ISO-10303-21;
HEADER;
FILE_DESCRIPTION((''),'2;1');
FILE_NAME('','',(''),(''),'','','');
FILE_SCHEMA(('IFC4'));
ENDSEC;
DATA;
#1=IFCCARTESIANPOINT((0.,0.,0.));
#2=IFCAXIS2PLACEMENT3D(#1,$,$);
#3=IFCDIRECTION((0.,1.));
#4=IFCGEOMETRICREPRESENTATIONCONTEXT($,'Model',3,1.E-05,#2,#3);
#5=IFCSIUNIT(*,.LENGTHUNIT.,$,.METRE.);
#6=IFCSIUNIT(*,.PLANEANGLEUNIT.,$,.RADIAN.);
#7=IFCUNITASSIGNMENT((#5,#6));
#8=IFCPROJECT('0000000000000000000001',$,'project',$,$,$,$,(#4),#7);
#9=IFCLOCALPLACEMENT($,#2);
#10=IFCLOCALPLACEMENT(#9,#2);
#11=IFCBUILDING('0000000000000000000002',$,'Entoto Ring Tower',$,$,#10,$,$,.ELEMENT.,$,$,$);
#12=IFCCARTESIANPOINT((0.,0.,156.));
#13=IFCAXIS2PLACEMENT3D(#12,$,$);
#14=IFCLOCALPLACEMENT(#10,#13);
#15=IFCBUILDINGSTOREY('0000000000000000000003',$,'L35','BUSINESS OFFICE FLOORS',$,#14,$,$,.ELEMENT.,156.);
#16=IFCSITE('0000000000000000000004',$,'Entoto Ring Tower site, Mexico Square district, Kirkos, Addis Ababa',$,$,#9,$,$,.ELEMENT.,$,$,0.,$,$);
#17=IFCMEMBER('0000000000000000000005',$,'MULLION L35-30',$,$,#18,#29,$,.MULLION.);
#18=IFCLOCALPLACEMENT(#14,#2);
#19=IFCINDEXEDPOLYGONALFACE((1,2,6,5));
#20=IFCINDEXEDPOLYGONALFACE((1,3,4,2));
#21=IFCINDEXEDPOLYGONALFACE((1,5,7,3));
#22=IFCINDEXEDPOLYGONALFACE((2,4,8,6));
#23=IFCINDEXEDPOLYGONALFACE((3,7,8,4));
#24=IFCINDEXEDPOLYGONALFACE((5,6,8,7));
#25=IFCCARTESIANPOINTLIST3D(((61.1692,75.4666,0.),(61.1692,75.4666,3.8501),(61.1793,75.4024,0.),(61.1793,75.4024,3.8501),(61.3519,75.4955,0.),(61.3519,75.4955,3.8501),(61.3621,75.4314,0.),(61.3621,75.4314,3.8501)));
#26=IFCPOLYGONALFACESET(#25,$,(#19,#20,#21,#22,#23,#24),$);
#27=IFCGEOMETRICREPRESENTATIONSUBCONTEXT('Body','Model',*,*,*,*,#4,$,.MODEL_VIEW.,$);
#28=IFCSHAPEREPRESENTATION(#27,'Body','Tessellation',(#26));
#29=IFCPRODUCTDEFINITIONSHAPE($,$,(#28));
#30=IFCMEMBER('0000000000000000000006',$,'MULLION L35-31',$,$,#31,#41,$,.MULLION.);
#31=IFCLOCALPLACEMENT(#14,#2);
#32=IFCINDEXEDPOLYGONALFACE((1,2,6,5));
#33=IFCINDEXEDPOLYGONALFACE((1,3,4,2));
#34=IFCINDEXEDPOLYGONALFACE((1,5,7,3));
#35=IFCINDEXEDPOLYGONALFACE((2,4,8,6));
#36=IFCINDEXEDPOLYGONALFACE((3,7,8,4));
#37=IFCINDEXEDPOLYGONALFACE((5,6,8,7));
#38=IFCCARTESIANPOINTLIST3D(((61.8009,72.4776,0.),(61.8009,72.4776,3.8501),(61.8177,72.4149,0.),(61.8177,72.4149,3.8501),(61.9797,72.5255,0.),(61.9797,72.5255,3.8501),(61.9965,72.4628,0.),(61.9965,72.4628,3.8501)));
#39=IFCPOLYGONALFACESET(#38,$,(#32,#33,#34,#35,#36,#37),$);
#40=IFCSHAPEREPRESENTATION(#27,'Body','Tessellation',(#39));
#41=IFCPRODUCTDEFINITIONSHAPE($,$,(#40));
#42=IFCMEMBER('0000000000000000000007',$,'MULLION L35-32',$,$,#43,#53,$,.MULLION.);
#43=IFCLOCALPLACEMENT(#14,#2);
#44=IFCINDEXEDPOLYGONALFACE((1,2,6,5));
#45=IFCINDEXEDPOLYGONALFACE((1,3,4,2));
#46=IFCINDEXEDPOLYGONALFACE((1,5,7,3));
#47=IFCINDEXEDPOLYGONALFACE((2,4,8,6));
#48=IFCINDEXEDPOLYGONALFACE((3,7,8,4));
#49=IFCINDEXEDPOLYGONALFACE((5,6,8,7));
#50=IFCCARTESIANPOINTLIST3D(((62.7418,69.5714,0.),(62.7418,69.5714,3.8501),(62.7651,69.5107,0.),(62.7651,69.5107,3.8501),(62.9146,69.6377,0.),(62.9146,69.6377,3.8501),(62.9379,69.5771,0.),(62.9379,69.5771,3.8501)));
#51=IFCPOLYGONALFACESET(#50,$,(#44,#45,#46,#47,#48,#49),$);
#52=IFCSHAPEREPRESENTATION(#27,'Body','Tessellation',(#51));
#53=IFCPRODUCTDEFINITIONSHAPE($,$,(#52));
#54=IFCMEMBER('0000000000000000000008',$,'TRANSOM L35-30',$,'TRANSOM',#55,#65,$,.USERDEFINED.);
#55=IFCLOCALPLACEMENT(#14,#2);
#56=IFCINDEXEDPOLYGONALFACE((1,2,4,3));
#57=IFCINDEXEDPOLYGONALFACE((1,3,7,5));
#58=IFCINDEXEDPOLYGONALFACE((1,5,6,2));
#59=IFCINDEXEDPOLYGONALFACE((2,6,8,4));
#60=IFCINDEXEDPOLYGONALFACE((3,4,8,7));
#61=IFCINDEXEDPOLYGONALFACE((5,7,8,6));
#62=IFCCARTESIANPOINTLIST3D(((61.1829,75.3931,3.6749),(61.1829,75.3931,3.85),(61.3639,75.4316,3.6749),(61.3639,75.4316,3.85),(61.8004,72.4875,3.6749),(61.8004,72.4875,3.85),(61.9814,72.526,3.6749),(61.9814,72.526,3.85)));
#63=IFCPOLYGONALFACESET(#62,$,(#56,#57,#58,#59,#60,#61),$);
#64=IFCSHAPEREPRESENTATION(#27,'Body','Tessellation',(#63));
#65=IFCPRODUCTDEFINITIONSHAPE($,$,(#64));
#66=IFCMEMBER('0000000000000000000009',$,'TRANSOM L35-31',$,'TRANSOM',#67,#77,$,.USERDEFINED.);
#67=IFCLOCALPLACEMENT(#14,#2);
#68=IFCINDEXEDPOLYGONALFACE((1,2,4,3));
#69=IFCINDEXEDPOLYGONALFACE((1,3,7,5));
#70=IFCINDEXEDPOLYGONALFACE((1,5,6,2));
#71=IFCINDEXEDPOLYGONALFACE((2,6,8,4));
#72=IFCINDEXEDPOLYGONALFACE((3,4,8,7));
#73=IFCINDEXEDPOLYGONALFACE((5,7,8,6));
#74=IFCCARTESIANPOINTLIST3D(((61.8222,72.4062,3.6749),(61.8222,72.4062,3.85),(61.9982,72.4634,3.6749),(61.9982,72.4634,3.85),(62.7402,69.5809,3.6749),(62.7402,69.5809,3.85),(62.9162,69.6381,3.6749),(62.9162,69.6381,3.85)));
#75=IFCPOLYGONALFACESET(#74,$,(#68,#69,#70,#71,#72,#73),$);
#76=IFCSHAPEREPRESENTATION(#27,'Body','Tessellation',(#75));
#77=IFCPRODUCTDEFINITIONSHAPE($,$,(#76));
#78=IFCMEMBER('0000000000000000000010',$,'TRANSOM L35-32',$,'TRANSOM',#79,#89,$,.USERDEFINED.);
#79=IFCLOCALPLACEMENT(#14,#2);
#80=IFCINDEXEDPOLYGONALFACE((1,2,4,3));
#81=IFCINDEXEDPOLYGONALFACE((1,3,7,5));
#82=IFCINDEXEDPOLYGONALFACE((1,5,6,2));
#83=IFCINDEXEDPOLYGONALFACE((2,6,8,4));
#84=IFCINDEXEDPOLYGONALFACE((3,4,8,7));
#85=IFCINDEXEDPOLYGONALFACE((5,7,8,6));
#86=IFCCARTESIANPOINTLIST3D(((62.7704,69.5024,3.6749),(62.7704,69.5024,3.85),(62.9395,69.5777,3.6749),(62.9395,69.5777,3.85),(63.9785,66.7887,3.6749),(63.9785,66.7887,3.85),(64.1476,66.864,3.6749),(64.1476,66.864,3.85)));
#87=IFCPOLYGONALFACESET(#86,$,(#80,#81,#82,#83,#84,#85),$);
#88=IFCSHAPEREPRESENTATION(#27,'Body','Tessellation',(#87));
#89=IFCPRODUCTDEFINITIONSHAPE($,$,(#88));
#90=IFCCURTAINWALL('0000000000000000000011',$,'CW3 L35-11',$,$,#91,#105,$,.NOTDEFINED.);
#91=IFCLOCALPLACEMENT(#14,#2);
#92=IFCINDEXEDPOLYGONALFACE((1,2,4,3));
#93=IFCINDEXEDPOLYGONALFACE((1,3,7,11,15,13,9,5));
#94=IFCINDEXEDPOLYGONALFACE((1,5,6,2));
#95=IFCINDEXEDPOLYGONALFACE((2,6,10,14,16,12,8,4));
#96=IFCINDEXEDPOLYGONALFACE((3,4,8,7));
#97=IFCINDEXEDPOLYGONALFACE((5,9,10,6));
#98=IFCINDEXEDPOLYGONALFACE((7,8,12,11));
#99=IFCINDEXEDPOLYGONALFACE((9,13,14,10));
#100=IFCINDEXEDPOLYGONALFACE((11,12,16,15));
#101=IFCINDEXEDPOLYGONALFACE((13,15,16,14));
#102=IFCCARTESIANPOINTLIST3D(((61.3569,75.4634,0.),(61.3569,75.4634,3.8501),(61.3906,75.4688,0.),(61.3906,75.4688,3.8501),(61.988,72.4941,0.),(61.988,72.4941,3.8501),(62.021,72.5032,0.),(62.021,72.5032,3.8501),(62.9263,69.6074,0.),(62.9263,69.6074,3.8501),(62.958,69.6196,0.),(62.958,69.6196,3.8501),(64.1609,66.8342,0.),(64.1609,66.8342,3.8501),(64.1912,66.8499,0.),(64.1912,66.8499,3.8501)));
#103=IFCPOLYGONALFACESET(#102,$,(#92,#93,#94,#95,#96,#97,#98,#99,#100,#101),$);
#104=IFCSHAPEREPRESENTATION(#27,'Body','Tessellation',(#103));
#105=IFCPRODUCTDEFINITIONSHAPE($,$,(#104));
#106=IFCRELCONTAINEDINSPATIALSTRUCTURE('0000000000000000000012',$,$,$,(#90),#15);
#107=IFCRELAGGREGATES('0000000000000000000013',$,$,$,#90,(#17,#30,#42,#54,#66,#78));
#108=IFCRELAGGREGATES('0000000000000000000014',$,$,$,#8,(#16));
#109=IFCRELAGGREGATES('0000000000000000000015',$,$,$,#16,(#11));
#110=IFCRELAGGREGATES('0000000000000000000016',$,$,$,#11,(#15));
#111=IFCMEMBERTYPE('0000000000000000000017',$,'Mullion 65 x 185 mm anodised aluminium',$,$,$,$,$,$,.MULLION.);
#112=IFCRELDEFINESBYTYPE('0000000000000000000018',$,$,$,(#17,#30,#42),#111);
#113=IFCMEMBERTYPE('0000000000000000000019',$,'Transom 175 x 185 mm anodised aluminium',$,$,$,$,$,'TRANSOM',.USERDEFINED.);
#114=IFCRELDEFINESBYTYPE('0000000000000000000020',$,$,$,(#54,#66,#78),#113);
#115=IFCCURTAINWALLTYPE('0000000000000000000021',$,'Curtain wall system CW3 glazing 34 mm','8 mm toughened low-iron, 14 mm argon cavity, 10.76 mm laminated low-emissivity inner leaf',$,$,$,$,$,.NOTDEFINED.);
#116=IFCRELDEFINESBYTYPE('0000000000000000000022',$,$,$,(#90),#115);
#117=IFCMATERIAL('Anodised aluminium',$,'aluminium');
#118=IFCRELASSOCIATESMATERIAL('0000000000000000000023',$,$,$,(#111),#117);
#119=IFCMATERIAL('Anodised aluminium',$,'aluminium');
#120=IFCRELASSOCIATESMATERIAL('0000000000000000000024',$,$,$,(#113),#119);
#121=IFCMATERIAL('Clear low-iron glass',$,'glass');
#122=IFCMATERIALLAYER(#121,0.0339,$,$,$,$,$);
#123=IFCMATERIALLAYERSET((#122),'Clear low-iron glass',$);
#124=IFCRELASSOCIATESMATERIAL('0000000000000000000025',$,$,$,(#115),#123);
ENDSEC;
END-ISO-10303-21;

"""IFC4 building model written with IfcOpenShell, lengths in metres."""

from ifc_helpers import new_model, si_unit, direction, frame, origin, origin_2d, place, context, subcontext, project, spatial, polyline, rectangle, outline, extrude, material, layer, layer_set, material_profile, profile_set, type_object, element, aggregate, save


model = new_model("IFC4")

# Units and contexts
model_context = context("Model", 3, precision=1e-05, world=origin(), true_north=direction((0.0, 1.0)))
body_context = subcontext(model_context, "Body", "Model", "MODEL_VIEW")
ifc_project = project(units=[si_unit("LENGTHUNIT", "METRE"), si_unit("PLANEANGLEUNIT", "RADIAN")], contexts=[model_context])

# Members
ifc_material_1 = material(Name="Anodised aluminium", Category="aluminium")
ifc_material_profile_1 = material_profile(ifc_material_1, rectangle(XDim=0.0649, YDim=0.1851, at=origin_2d()), Name="Mullion 65 x 185 mm anodised aluminium")
ifc_profile_set_1 = profile_set([ifc_material_profile_1], Name="Anodised aluminium")
member_type_1 = type_object("IfcMemberType", Name="Mullion 65 x 185 mm anodised aluminium", PredefinedType="MULLION", material=ifc_profile_set_1)
site_placement = place(None, origin())
building_placement = place(site_placement, origin())
storey_placement = place(building_placement, frame((0.0, 0.0, 156.0)))
member_1_placement = place(storey_placement, frame((61.2656, 75.449, 0.0), z_axis=(0.0, 0.0, 1.0), x_axis=(0.156434, -0.987688, 0.0)))
member_1 = element("IfcMember", 1, at=member_1_placement, type_object=member_type_1, Name="MULLION L35-30", PredefinedType="MULLION", context=body_context, shape_type="SweptSolid", body=[
    extrude(rectangle(XDim=0.0649, YDim=0.1851, at=origin_2d()), origin(), (0.0, 0.0, 1.0), 3.8501),
])
member_2_placement = place(storey_placement, frame((61.8987, 72.4702, 0.0), z_axis=(0.0, 0.0, 1.0), x_axis=(0.258819, -0.965926, 0.0)))
member_2 = element("IfcMember", 2, at=member_2_placement, type_object=member_type_1, Name="MULLION L35-31", PredefinedType="MULLION", context=body_context, shape_type="SweptSolid", body=[
    extrude(rectangle(XDim=0.0649, YDim=0.1851, at=origin_2d()), origin(), (0.0, 0.0, 1.0), 3.8501),
])
member_3_placement = place(storey_placement, frame((62.8398, 69.5742, 0.0), z_axis=(0.0, 0.0, 1.0), x_axis=(0.358368, -0.93358, 0.0)))
member_3 = element("IfcMember", 3, at=member_3_placement, type_object=member_type_1, Name="MULLION L35-32", PredefinedType="MULLION", context=body_context, shape_type="SweptSolid", body=[
    extrude(rectangle(XDim=0.0649, YDim=0.1851, at=origin_2d()), origin(), (0.0, 0.0, 1.0), 3.8501),
])
ifc_material_2 = material(Name="Anodised aluminium", Category="aluminium")
ifc_material_profile_2 = material_profile(ifc_material_2, rectangle(XDim=0.1851, YDim=0.175, at=origin_2d()), Name="Transom 175 x 185 mm anodised aluminium")
ifc_profile_set_2 = profile_set([ifc_material_profile_2], Name="Anodised aluminium")
member_type_2 = type_object("IfcMemberType", Name="Transom 175 x 185 mm anodised aluminium", ElementType="TRANSOM", PredefinedType="USERDEFINED", material=ifc_profile_set_2)
member_4_placement = place(storey_placement, frame((61.2734, 75.4124, 3.7625), z_axis=(0.207862, -0.978158, 0.0), x_axis=(0.978158, 0.207862, 0.0)))
member_4 = element("IfcMember", 4, at=member_4_placement, type_object=member_type_2, Name="TRANSOM L35-30", ObjectType="TRANSOM", PredefinedType="USERDEFINED", context=body_context, shape_type="SweptSolid", body=[
    extrude(rectangle(XDim=0.1851, YDim=0.175, at=origin_2d()), origin(), (0.0, 0.0, 1.0), 2.9705),
])
member_5_placement = place(storey_placement, frame((61.9102, 72.4348, 3.7625), z_axis=(0.309019, -0.951056, 0.0), x_axis=(0.951056, 0.309019, 0.0)))
member_5 = element("IfcMember", 5, at=member_5_placement, type_object=member_type_2, Name="TRANSOM L35-31", ObjectType="TRANSOM", PredefinedType="USERDEFINED", context=body_context, shape_type="SweptSolid", body=[
    extrude(rectangle(XDim=0.1851, YDim=0.175, at=origin_2d()), origin(), (0.0, 0.0, 1.0), 2.9707),
])
member_6_placement = place(storey_placement, frame((62.855, 69.54, 3.7625), z_axis=(0.406687, -0.913567, 0.0), x_axis=(0.913567, 0.406687, 0.0)))
member_6 = element("IfcMember", 6, at=member_6_placement, type_object=member_type_2, Name="TRANSOM L35-32", ObjectType="TRANSOM", PredefinedType="USERDEFINED", context=body_context, shape_type="SweptSolid", body=[
    extrude(rectangle(XDim=0.1851, YDim=0.175, at=origin_2d()), origin(), (0.0, 0.0, 1.0), 2.9705),
])

# Site, building, storey
site = spatial("IfcSite", under=ifc_project, at=site_placement, Name="Entoto Ring Tower site, Mexico Square district, Kirkos, Addis Ababa", CompositionType="ELEMENT", RefElevation=0.0)
building = spatial("IfcBuilding", under=site, at=building_placement, Name="Entoto Ring Tower", CompositionType="ELEMENT")
storey = spatial("IfcBuildingStorey", under=building, at=storey_placement, Name="L35", Description="BUSINESS OFFICE FLOORS", CompositionType="ELEMENT", Elevation=156.0)

# Curtain wall
ifc_material_3 = material(Name="Clear low-iron glass", Category="glass")
ifc_layer = layer(ifc_material_3, 0.0339)
ifc_layer_set = layer_set([ifc_layer], Name="Clear low-iron glass")
curtain_wall_type = type_object("IfcCurtainWallType", Name="Curtain wall system CW3 glazing 34 mm", Description="8 mm toughened low-iron, 14 mm argon cavity, 10.76 mm laminated low-emissivity inner leaf", PredefinedType="NOTDEFINED", material=ifc_layer_set)
curtain_wall_1_placement = place(storey_placement, origin())
curtain_wall_1 = element("IfcCurtainWall", 7, at=curtain_wall_1_placement, inside=storey, type_object=curtain_wall_type, Name="CW3 L35-11", PredefinedType="NOTDEFINED", context=body_context, shape_type="SweptSolid", body=[
    extrude(outline(polyline([(61.3569, 75.4634), (61.988, 72.4941), (62.9263, 69.6074), (64.1609, 66.8342), (64.1912, 66.8499), (62.958, 69.6196), (62.021, 72.5032), (61.3906, 75.4688), (61.3569, 75.4634)])), origin(), (0.0, 0.0, 1.0), 3.8501),
])
aggregate(curtain_wall_1, [member_1, member_2, member_3, member_4, member_5, member_6])

save(model, "model.ifc")
